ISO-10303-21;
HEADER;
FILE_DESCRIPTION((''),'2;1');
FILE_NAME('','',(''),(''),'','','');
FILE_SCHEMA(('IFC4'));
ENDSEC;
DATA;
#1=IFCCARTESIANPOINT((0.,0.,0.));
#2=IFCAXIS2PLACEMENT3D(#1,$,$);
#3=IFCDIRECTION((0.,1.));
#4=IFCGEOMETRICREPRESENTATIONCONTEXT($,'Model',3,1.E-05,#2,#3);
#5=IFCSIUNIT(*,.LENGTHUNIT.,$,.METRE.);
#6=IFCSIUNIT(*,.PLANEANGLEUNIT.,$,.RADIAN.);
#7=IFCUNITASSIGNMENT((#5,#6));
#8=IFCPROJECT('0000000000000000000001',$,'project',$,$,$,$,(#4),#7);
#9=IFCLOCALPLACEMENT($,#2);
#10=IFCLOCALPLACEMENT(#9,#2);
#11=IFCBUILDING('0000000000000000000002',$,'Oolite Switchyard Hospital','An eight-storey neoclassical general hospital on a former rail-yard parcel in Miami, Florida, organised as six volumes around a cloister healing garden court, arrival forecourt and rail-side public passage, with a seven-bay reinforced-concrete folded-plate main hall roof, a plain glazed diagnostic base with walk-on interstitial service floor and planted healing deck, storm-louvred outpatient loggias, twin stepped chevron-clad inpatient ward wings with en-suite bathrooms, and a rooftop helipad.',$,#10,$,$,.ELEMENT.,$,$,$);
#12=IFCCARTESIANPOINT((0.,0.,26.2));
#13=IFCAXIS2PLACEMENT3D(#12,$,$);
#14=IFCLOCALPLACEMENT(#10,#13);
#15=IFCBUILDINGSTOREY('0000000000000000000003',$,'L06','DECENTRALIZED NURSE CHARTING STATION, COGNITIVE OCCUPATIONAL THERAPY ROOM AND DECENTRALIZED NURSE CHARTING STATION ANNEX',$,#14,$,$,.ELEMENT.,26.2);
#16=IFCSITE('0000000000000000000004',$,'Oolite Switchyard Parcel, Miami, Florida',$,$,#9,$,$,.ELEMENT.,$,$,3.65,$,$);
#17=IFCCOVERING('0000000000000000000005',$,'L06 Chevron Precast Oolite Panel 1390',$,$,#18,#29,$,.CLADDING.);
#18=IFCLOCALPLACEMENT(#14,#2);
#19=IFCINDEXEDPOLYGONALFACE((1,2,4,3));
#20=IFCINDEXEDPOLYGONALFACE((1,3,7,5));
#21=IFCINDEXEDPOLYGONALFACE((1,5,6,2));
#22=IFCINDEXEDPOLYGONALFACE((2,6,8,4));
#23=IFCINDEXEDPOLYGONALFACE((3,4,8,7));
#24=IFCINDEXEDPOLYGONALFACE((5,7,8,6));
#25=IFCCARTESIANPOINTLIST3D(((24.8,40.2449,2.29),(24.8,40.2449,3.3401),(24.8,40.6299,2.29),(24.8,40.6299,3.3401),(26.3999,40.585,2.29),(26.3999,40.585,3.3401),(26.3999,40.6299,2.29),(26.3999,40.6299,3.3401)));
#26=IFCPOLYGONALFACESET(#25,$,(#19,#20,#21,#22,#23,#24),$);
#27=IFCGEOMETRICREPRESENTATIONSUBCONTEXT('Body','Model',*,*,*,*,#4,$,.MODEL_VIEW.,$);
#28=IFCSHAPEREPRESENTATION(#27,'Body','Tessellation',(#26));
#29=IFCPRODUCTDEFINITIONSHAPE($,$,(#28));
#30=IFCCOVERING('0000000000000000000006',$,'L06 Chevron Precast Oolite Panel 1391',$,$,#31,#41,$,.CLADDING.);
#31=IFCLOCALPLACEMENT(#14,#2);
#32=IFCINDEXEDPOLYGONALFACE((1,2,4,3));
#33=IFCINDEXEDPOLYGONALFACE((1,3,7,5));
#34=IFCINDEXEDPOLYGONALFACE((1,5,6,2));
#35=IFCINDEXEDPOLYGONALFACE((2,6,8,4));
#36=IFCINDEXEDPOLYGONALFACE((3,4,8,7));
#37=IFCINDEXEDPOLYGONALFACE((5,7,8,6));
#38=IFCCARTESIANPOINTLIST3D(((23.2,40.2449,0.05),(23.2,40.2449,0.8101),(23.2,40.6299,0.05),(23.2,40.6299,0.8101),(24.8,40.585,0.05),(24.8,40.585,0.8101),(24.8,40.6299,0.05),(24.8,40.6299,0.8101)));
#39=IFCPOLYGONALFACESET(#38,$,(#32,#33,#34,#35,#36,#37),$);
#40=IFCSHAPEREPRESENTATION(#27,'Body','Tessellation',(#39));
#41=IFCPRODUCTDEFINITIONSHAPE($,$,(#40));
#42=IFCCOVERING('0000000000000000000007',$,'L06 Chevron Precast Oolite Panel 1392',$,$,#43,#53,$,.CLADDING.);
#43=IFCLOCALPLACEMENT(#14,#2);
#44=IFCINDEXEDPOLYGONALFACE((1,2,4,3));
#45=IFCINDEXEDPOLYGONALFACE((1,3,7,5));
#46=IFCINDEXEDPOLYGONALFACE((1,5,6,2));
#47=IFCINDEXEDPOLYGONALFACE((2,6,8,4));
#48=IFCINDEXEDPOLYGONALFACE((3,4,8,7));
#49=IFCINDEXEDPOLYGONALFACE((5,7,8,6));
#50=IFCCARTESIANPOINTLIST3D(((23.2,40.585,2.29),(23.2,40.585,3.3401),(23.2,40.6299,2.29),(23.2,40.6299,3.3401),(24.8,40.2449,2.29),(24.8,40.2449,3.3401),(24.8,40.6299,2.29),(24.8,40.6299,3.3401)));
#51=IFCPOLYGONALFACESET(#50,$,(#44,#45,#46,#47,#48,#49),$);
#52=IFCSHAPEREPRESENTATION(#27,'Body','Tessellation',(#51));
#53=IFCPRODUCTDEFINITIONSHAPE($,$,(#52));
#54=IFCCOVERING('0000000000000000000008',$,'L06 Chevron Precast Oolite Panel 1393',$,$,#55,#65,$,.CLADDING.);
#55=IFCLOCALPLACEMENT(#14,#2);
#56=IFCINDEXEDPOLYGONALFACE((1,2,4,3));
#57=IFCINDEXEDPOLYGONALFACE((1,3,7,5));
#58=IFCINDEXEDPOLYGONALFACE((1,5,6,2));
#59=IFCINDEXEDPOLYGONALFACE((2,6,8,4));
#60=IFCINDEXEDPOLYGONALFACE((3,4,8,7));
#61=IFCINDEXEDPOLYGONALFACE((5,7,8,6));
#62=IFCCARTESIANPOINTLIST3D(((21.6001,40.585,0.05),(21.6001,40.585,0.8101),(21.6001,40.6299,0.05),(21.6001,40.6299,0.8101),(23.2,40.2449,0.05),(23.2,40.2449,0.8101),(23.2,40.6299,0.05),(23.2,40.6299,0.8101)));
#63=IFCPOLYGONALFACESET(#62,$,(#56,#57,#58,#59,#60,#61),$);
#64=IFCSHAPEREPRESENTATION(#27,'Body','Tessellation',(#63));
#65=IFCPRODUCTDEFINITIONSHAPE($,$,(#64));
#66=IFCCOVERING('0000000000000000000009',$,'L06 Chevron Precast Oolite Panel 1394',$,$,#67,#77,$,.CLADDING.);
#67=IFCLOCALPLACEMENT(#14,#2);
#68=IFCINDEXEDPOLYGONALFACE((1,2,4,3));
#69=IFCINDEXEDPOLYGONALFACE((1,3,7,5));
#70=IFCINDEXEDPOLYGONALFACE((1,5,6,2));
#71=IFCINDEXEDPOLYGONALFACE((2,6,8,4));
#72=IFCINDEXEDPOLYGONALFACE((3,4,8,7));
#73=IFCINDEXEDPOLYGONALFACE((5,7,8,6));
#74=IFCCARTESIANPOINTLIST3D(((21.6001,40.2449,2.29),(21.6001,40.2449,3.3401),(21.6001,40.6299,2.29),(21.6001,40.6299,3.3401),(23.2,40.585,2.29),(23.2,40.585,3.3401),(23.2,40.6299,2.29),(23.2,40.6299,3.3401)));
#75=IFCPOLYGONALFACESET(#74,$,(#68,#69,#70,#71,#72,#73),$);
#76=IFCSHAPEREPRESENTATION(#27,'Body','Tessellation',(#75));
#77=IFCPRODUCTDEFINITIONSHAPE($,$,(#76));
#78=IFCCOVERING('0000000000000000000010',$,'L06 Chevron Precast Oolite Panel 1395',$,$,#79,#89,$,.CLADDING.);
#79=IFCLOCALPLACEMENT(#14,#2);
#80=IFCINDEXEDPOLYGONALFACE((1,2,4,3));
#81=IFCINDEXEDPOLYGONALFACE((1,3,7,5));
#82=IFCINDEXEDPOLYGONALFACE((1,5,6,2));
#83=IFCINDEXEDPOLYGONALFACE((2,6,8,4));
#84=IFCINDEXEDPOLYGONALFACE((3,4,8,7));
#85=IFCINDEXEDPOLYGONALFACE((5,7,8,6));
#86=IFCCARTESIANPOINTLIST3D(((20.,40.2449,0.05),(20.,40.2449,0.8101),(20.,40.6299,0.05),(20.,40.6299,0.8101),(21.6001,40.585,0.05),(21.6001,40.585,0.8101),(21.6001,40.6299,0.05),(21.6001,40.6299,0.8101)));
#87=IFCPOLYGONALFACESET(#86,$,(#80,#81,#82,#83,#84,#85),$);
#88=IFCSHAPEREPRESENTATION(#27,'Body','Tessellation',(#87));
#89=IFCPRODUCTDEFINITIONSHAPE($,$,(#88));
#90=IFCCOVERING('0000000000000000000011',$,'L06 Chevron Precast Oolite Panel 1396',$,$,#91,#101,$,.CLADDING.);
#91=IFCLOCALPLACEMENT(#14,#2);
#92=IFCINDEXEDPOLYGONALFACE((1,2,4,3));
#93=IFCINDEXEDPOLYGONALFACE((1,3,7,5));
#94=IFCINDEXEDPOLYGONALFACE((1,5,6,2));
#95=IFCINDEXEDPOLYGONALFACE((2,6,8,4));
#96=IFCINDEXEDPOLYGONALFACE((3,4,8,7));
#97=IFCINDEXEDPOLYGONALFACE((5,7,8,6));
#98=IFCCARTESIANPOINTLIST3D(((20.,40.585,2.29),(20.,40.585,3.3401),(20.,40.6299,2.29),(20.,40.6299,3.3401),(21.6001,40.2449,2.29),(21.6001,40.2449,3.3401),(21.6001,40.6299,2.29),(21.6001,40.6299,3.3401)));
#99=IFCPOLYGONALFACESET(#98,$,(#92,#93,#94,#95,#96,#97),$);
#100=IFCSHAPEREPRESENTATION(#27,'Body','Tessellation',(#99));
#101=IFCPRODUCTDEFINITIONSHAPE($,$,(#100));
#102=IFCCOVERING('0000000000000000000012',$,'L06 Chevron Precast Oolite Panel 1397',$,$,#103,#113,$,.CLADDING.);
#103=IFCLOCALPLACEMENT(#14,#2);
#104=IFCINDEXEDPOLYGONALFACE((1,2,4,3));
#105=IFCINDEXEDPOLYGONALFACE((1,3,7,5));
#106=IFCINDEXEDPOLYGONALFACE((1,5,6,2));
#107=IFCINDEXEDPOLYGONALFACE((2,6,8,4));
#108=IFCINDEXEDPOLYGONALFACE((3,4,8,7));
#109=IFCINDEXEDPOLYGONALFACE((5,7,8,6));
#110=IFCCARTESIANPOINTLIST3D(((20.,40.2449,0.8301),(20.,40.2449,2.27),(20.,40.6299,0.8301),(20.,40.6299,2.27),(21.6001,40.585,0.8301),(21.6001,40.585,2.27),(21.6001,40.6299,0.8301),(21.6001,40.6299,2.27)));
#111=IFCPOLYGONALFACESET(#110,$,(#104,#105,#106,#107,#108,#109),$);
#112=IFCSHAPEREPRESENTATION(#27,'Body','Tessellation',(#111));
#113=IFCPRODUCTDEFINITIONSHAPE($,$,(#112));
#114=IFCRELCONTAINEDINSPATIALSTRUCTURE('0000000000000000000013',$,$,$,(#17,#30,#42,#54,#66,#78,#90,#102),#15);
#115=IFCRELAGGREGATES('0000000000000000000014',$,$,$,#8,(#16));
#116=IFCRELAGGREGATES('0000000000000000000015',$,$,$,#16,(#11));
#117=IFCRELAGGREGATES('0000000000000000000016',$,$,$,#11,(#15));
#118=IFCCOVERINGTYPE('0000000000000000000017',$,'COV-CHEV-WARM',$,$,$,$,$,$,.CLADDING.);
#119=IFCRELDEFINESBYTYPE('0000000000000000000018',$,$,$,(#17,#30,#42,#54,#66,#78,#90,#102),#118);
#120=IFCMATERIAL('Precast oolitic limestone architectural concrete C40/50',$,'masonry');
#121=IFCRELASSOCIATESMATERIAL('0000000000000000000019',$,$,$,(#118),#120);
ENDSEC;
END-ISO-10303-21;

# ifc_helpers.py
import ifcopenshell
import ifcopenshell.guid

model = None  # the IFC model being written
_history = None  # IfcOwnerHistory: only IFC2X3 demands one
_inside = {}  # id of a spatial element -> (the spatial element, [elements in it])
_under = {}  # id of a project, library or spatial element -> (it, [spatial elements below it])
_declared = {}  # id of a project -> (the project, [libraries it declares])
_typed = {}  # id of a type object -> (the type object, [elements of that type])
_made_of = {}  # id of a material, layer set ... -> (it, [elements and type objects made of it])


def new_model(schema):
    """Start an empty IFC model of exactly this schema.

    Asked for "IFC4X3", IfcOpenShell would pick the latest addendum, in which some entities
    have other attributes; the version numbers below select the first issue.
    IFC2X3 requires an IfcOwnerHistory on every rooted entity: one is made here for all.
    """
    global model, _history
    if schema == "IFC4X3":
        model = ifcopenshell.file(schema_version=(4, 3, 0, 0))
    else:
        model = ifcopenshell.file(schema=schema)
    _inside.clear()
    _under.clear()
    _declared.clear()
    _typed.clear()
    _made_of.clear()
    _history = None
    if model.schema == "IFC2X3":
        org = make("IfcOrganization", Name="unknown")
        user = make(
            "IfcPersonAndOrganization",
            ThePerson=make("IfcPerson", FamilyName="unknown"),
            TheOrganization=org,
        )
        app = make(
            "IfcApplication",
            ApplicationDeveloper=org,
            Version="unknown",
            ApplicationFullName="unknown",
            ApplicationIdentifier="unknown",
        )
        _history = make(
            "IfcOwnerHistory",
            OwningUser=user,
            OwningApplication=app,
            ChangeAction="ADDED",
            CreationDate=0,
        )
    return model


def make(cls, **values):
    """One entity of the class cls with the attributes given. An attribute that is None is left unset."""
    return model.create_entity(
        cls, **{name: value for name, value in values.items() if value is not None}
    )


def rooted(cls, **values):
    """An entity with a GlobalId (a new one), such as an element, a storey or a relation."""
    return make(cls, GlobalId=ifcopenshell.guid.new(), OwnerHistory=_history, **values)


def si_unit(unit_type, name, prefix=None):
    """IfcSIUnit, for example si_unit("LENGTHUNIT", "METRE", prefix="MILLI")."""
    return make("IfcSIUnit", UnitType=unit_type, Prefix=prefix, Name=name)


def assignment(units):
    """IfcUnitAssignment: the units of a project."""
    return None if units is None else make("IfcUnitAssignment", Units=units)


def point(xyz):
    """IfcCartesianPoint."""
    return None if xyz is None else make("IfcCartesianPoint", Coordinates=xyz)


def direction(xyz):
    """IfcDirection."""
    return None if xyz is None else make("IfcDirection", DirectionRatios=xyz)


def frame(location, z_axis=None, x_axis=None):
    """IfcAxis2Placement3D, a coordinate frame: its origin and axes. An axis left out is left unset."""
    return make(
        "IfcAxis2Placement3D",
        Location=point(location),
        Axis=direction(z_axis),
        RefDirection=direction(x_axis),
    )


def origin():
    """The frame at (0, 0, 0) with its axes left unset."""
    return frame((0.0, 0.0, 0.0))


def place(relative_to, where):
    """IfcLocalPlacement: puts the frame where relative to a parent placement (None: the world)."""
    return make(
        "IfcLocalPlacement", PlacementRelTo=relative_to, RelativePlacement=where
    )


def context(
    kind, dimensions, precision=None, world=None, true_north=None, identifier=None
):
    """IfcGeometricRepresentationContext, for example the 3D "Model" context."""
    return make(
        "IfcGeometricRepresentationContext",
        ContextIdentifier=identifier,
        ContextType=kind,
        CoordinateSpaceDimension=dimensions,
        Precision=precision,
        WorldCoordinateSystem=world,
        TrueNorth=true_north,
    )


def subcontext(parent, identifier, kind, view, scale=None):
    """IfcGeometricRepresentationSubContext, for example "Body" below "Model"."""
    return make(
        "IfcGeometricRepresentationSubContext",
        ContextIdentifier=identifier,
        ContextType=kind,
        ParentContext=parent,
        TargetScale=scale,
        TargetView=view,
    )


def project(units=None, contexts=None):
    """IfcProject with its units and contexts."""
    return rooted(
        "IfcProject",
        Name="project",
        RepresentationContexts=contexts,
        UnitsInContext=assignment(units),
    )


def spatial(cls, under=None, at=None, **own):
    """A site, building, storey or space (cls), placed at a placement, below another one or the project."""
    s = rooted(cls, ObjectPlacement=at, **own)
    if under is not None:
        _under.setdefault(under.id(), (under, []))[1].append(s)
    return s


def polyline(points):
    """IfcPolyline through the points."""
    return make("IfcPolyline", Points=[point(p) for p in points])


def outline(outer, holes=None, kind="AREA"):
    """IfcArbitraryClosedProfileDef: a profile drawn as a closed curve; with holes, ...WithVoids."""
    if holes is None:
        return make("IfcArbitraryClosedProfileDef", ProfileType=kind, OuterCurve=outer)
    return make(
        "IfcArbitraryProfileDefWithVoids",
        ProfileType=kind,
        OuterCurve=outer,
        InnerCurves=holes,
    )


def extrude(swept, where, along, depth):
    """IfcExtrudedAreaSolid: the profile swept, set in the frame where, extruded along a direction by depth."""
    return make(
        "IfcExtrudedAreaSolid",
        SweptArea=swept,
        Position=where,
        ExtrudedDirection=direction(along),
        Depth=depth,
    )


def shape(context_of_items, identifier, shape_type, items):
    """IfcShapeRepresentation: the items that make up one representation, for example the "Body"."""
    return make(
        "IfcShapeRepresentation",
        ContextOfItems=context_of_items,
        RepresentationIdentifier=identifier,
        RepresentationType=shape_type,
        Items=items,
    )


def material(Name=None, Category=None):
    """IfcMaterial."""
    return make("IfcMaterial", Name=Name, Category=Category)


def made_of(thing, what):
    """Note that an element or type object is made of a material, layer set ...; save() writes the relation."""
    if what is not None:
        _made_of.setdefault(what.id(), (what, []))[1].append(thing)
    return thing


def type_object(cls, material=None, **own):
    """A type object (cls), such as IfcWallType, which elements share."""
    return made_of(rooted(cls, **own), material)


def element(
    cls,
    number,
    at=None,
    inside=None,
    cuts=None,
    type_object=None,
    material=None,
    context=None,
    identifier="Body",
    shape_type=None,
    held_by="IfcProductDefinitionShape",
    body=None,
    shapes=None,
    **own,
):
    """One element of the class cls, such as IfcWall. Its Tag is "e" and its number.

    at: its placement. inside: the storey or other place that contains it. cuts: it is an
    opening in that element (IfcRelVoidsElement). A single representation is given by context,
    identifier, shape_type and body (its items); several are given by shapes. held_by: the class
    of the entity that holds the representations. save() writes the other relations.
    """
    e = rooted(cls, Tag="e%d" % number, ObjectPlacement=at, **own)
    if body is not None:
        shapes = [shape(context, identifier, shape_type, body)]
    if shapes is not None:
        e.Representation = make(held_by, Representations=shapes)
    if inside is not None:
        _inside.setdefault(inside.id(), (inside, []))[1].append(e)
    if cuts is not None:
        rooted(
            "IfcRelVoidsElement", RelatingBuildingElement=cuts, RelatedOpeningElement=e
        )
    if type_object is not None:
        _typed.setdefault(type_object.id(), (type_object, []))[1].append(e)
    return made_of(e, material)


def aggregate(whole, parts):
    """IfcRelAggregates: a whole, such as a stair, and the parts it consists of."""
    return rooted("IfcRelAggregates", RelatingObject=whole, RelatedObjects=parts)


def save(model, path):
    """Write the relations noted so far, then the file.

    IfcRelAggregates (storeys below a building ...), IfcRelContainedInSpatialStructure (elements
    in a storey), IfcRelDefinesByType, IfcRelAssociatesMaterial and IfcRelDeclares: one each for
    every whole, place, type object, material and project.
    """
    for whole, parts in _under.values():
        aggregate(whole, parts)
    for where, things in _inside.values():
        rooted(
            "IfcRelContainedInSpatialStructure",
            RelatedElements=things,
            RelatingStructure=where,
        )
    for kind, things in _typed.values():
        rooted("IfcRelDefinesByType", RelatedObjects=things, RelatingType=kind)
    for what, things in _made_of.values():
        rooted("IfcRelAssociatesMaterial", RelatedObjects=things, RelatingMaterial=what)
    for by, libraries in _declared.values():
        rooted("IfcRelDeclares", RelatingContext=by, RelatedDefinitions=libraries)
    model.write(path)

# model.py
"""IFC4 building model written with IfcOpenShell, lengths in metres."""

from ifc_helpers import new_model, si_unit, direction, frame, origin, place, context, subcontext, project, spatial, polyline, outline, extrude, material, type_object, element, save


model = new_model("IFC4")

# Units and contexts
model_context = context("Model", 3, precision=1e-05, world=origin(), true_north=direction((0.0, 1.0)))
body_context = subcontext(model_context, "Body", "Model", "MODEL_VIEW")
ifc_project = project(units=[si_unit("LENGTHUNIT", "METRE"), si_unit("PLANEANGLEUNIT", "RADIAN")], contexts=[model_context])

# Site, building, storey
site_placement = place(None, origin())
site = spatial("IfcSite", under=ifc_project, at=site_placement, Name="Oolite Switchyard Parcel, Miami, Florida", CompositionType="ELEMENT", RefElevation=3.65)
building_placement = place(site_placement, origin())
building = spatial("IfcBuilding", under=site, at=building_placement, Name="Oolite Switchyard Hospital", Description="An eight-storey neoclassical general hospital on a former rail-yard parcel in Miami, Florida, organised as six volumes around a cloister healing garden court, arrival forecourt and rail-side public passage, with a seven-bay reinforced-concrete folded-plate main hall roof, a plain glazed diagnostic base with walk-on interstitial service floor and planted healing deck, storm-louvred outpatient loggias, twin stepped chevron-clad inpatient ward wings with en-suite bathrooms, and a rooftop helipad.", CompositionType="ELEMENT")
storey_placement = place(building_placement, frame((0.0, 0.0, 26.2)))
storey = spatial("IfcBuildingStorey", under=building, at=storey_placement, Name="L06", Description="DECENTRALIZED NURSE CHARTING STATION, COGNITIVE OCCUPATIONAL THERAPY ROOM AND DECENTRALIZED NURSE CHARTING STATION ANNEX", CompositionType="ELEMENT", Elevation=26.2)

# Shared definitions
ifc_material_1 = material(Name="Precast oolitic limestone architectural concrete C40/50", Category="masonry")

# Coverings
covering_type = type_object("IfcCoveringType", Name="COV-CHEV-WARM", PredefinedType="CLADDING", material=ifc_material_1)
covering_1_placement = place(storey_placement, frame((26.3999, 40.6299, 2.29), z_axis=(0.0, 0.0, 1.0), x_axis=(-1.0, 0.0, 0.0)))
element("IfcCovering", 1, at=covering_1_placement, inside=storey, type_object=covering_type, Name="L06 Chevron Precast Oolite Panel 1390", PredefinedType="CLADDING", context=body_context, shape_type="SweptSolid", body=[
    extrude(outline(polyline([(0.0, 0.0), (1.5999, 0.0), (1.5999, 0.385), (0.0, 0.0449), (0.0, 0.0)])), origin(), (0.0, 0.0, 1.0), 1.05),
])
covering_2_placement = place(storey_placement, frame((24.8, 40.6299, 0.05), z_axis=(0.0, 0.0, 1.0), x_axis=(-1.0, 0.0, 0.0)))
element("IfcCovering", 2, at=covering_2_placement, inside=storey, type_object=covering_type, Name="L06 Chevron Precast Oolite Panel 1391", PredefinedType="CLADDING", context=body_context, shape_type="SweptSolid", body=[
    extrude(outline(polyline([(0.0, 0.0), (1.6001, 0.0), (1.6001, 0.385), (0.0, 0.0449), (0.0, 0.0)])), origin(), (0.0, 0.0, 1.0), 0.76),
])
covering_3_placement = place(storey_placement, frame((24.8, 40.6299, 2.29), z_axis=(0.0, 0.0, 1.0), x_axis=(-1.0, 0.0, 0.0)))
element("IfcCovering", 3, at=covering_3_placement, inside=storey, type_object=covering_type, Name="L06 Chevron Precast Oolite Panel 1392", PredefinedType="CLADDING", context=body_context, shape_type="SweptSolid", body=[
    extrude(outline(polyline([(0.0, 0.0), (1.6001, 0.0), (1.6001, 0.0449), (0.0, 0.385), (0.0, 0.0)])), origin(), (0.0, 0.0, 1.0), 1.05),
])
covering_4_placement = place(storey_placement, frame((23.2, 40.6299, 0.05), z_axis=(0.0, 0.0, 1.0), x_axis=(-1.0, 0.0, 0.0)))
element("IfcCovering", 4, at=covering_4_placement, inside=storey, type_object=covering_type, Name="L06 Chevron Precast Oolite Panel 1393", PredefinedType="CLADDING", context=body_context, shape_type="SweptSolid", body=[
    extrude(outline(polyline([(0.0, 0.0), (1.5999, 0.0), (1.5999, 0.0449), (0.0, 0.385), (0.0, 0.0)])), origin(), (0.0, 0.0, 1.0), 0.76),
])
covering_5_placement = place(storey_placement, frame((23.2, 40.6299, 2.29), z_axis=(0.0, 0.0, 1.0), x_axis=(-1.0, 0.0, 0.0)))
element("IfcCovering", 5, at=covering_5_placement, inside=storey, type_object=covering_type, Name="L06 Chevron Precast Oolite Panel 1394", PredefinedType="CLADDING", context=body_context, shape_type="SweptSolid", body=[
    extrude(outline(polyline([(0.0, 0.0), (1.5999, 0.0), (1.5999, 0.385), (0.0, 0.0449), (0.0, 0.0)])), origin(), (0.0, 0.0, 1.0), 1.05),
])
covering_6_placement = place(storey_placement, frame((21.6001, 40.6299, 0.05), z_axis=(0.0, 0.0, 1.0), x_axis=(-1.0, 0.0, 0.0)))
element("IfcCovering", 6, at=covering_6_placement, inside=storey, type_object=covering_type, Name="L06 Chevron Precast Oolite Panel 1395", PredefinedType="CLADDING", context=body_context, shape_type="SweptSolid", body=[
    extrude(outline(polyline([(0.0, 0.0), (1.6001, 0.0), (1.6001, 0.385), (0.0, 0.0449), (0.0, 0.0)])), origin(), (0.0, 0.0, 1.0), 0.76),
])
covering_7_placement = place(storey_placement, frame((21.6001, 40.6299, 2.29), z_axis=(0.0, 0.0, 1.0), x_axis=(-1.0, 0.0, 0.0)))
element("IfcCovering", 7, at=covering_7_placement, inside=storey, type_object=covering_type, Name="L06 Chevron Precast Oolite Panel 1396", PredefinedType="CLADDING", context=body_context, shape_type="SweptSolid", body=[
    extrude(outline(polyline([(0.0, 0.0), (1.6001, 0.0), (1.6001, 0.0449), (0.0, 0.385), (0.0, 0.0)])), origin(), (0.0, 0.0, 1.0), 1.05),
])
covering_8_placement = place(storey_placement, frame((21.6001, 40.6299, 0.8301), z_axis=(0.0, 0.0, 1.0), x_axis=(-1.0, 0.0, 0.0)))
element("IfcCovering", 8, at=covering_8_placement, inside=storey, type_object=covering_type, Name="L06 Chevron Precast Oolite Panel 1397", PredefinedType="CLADDING", context=body_context, shape_type="SweptSolid", body=[
    extrude(outline(polyline([(0.0, 0.0), (1.6001, 0.0), (1.6001, 0.385), (0.0, 0.0449), (0.0, 0.0)])), origin(), (0.0, 0.0, 1.0), 1.4399),
])

save(model, "model.ifc")
